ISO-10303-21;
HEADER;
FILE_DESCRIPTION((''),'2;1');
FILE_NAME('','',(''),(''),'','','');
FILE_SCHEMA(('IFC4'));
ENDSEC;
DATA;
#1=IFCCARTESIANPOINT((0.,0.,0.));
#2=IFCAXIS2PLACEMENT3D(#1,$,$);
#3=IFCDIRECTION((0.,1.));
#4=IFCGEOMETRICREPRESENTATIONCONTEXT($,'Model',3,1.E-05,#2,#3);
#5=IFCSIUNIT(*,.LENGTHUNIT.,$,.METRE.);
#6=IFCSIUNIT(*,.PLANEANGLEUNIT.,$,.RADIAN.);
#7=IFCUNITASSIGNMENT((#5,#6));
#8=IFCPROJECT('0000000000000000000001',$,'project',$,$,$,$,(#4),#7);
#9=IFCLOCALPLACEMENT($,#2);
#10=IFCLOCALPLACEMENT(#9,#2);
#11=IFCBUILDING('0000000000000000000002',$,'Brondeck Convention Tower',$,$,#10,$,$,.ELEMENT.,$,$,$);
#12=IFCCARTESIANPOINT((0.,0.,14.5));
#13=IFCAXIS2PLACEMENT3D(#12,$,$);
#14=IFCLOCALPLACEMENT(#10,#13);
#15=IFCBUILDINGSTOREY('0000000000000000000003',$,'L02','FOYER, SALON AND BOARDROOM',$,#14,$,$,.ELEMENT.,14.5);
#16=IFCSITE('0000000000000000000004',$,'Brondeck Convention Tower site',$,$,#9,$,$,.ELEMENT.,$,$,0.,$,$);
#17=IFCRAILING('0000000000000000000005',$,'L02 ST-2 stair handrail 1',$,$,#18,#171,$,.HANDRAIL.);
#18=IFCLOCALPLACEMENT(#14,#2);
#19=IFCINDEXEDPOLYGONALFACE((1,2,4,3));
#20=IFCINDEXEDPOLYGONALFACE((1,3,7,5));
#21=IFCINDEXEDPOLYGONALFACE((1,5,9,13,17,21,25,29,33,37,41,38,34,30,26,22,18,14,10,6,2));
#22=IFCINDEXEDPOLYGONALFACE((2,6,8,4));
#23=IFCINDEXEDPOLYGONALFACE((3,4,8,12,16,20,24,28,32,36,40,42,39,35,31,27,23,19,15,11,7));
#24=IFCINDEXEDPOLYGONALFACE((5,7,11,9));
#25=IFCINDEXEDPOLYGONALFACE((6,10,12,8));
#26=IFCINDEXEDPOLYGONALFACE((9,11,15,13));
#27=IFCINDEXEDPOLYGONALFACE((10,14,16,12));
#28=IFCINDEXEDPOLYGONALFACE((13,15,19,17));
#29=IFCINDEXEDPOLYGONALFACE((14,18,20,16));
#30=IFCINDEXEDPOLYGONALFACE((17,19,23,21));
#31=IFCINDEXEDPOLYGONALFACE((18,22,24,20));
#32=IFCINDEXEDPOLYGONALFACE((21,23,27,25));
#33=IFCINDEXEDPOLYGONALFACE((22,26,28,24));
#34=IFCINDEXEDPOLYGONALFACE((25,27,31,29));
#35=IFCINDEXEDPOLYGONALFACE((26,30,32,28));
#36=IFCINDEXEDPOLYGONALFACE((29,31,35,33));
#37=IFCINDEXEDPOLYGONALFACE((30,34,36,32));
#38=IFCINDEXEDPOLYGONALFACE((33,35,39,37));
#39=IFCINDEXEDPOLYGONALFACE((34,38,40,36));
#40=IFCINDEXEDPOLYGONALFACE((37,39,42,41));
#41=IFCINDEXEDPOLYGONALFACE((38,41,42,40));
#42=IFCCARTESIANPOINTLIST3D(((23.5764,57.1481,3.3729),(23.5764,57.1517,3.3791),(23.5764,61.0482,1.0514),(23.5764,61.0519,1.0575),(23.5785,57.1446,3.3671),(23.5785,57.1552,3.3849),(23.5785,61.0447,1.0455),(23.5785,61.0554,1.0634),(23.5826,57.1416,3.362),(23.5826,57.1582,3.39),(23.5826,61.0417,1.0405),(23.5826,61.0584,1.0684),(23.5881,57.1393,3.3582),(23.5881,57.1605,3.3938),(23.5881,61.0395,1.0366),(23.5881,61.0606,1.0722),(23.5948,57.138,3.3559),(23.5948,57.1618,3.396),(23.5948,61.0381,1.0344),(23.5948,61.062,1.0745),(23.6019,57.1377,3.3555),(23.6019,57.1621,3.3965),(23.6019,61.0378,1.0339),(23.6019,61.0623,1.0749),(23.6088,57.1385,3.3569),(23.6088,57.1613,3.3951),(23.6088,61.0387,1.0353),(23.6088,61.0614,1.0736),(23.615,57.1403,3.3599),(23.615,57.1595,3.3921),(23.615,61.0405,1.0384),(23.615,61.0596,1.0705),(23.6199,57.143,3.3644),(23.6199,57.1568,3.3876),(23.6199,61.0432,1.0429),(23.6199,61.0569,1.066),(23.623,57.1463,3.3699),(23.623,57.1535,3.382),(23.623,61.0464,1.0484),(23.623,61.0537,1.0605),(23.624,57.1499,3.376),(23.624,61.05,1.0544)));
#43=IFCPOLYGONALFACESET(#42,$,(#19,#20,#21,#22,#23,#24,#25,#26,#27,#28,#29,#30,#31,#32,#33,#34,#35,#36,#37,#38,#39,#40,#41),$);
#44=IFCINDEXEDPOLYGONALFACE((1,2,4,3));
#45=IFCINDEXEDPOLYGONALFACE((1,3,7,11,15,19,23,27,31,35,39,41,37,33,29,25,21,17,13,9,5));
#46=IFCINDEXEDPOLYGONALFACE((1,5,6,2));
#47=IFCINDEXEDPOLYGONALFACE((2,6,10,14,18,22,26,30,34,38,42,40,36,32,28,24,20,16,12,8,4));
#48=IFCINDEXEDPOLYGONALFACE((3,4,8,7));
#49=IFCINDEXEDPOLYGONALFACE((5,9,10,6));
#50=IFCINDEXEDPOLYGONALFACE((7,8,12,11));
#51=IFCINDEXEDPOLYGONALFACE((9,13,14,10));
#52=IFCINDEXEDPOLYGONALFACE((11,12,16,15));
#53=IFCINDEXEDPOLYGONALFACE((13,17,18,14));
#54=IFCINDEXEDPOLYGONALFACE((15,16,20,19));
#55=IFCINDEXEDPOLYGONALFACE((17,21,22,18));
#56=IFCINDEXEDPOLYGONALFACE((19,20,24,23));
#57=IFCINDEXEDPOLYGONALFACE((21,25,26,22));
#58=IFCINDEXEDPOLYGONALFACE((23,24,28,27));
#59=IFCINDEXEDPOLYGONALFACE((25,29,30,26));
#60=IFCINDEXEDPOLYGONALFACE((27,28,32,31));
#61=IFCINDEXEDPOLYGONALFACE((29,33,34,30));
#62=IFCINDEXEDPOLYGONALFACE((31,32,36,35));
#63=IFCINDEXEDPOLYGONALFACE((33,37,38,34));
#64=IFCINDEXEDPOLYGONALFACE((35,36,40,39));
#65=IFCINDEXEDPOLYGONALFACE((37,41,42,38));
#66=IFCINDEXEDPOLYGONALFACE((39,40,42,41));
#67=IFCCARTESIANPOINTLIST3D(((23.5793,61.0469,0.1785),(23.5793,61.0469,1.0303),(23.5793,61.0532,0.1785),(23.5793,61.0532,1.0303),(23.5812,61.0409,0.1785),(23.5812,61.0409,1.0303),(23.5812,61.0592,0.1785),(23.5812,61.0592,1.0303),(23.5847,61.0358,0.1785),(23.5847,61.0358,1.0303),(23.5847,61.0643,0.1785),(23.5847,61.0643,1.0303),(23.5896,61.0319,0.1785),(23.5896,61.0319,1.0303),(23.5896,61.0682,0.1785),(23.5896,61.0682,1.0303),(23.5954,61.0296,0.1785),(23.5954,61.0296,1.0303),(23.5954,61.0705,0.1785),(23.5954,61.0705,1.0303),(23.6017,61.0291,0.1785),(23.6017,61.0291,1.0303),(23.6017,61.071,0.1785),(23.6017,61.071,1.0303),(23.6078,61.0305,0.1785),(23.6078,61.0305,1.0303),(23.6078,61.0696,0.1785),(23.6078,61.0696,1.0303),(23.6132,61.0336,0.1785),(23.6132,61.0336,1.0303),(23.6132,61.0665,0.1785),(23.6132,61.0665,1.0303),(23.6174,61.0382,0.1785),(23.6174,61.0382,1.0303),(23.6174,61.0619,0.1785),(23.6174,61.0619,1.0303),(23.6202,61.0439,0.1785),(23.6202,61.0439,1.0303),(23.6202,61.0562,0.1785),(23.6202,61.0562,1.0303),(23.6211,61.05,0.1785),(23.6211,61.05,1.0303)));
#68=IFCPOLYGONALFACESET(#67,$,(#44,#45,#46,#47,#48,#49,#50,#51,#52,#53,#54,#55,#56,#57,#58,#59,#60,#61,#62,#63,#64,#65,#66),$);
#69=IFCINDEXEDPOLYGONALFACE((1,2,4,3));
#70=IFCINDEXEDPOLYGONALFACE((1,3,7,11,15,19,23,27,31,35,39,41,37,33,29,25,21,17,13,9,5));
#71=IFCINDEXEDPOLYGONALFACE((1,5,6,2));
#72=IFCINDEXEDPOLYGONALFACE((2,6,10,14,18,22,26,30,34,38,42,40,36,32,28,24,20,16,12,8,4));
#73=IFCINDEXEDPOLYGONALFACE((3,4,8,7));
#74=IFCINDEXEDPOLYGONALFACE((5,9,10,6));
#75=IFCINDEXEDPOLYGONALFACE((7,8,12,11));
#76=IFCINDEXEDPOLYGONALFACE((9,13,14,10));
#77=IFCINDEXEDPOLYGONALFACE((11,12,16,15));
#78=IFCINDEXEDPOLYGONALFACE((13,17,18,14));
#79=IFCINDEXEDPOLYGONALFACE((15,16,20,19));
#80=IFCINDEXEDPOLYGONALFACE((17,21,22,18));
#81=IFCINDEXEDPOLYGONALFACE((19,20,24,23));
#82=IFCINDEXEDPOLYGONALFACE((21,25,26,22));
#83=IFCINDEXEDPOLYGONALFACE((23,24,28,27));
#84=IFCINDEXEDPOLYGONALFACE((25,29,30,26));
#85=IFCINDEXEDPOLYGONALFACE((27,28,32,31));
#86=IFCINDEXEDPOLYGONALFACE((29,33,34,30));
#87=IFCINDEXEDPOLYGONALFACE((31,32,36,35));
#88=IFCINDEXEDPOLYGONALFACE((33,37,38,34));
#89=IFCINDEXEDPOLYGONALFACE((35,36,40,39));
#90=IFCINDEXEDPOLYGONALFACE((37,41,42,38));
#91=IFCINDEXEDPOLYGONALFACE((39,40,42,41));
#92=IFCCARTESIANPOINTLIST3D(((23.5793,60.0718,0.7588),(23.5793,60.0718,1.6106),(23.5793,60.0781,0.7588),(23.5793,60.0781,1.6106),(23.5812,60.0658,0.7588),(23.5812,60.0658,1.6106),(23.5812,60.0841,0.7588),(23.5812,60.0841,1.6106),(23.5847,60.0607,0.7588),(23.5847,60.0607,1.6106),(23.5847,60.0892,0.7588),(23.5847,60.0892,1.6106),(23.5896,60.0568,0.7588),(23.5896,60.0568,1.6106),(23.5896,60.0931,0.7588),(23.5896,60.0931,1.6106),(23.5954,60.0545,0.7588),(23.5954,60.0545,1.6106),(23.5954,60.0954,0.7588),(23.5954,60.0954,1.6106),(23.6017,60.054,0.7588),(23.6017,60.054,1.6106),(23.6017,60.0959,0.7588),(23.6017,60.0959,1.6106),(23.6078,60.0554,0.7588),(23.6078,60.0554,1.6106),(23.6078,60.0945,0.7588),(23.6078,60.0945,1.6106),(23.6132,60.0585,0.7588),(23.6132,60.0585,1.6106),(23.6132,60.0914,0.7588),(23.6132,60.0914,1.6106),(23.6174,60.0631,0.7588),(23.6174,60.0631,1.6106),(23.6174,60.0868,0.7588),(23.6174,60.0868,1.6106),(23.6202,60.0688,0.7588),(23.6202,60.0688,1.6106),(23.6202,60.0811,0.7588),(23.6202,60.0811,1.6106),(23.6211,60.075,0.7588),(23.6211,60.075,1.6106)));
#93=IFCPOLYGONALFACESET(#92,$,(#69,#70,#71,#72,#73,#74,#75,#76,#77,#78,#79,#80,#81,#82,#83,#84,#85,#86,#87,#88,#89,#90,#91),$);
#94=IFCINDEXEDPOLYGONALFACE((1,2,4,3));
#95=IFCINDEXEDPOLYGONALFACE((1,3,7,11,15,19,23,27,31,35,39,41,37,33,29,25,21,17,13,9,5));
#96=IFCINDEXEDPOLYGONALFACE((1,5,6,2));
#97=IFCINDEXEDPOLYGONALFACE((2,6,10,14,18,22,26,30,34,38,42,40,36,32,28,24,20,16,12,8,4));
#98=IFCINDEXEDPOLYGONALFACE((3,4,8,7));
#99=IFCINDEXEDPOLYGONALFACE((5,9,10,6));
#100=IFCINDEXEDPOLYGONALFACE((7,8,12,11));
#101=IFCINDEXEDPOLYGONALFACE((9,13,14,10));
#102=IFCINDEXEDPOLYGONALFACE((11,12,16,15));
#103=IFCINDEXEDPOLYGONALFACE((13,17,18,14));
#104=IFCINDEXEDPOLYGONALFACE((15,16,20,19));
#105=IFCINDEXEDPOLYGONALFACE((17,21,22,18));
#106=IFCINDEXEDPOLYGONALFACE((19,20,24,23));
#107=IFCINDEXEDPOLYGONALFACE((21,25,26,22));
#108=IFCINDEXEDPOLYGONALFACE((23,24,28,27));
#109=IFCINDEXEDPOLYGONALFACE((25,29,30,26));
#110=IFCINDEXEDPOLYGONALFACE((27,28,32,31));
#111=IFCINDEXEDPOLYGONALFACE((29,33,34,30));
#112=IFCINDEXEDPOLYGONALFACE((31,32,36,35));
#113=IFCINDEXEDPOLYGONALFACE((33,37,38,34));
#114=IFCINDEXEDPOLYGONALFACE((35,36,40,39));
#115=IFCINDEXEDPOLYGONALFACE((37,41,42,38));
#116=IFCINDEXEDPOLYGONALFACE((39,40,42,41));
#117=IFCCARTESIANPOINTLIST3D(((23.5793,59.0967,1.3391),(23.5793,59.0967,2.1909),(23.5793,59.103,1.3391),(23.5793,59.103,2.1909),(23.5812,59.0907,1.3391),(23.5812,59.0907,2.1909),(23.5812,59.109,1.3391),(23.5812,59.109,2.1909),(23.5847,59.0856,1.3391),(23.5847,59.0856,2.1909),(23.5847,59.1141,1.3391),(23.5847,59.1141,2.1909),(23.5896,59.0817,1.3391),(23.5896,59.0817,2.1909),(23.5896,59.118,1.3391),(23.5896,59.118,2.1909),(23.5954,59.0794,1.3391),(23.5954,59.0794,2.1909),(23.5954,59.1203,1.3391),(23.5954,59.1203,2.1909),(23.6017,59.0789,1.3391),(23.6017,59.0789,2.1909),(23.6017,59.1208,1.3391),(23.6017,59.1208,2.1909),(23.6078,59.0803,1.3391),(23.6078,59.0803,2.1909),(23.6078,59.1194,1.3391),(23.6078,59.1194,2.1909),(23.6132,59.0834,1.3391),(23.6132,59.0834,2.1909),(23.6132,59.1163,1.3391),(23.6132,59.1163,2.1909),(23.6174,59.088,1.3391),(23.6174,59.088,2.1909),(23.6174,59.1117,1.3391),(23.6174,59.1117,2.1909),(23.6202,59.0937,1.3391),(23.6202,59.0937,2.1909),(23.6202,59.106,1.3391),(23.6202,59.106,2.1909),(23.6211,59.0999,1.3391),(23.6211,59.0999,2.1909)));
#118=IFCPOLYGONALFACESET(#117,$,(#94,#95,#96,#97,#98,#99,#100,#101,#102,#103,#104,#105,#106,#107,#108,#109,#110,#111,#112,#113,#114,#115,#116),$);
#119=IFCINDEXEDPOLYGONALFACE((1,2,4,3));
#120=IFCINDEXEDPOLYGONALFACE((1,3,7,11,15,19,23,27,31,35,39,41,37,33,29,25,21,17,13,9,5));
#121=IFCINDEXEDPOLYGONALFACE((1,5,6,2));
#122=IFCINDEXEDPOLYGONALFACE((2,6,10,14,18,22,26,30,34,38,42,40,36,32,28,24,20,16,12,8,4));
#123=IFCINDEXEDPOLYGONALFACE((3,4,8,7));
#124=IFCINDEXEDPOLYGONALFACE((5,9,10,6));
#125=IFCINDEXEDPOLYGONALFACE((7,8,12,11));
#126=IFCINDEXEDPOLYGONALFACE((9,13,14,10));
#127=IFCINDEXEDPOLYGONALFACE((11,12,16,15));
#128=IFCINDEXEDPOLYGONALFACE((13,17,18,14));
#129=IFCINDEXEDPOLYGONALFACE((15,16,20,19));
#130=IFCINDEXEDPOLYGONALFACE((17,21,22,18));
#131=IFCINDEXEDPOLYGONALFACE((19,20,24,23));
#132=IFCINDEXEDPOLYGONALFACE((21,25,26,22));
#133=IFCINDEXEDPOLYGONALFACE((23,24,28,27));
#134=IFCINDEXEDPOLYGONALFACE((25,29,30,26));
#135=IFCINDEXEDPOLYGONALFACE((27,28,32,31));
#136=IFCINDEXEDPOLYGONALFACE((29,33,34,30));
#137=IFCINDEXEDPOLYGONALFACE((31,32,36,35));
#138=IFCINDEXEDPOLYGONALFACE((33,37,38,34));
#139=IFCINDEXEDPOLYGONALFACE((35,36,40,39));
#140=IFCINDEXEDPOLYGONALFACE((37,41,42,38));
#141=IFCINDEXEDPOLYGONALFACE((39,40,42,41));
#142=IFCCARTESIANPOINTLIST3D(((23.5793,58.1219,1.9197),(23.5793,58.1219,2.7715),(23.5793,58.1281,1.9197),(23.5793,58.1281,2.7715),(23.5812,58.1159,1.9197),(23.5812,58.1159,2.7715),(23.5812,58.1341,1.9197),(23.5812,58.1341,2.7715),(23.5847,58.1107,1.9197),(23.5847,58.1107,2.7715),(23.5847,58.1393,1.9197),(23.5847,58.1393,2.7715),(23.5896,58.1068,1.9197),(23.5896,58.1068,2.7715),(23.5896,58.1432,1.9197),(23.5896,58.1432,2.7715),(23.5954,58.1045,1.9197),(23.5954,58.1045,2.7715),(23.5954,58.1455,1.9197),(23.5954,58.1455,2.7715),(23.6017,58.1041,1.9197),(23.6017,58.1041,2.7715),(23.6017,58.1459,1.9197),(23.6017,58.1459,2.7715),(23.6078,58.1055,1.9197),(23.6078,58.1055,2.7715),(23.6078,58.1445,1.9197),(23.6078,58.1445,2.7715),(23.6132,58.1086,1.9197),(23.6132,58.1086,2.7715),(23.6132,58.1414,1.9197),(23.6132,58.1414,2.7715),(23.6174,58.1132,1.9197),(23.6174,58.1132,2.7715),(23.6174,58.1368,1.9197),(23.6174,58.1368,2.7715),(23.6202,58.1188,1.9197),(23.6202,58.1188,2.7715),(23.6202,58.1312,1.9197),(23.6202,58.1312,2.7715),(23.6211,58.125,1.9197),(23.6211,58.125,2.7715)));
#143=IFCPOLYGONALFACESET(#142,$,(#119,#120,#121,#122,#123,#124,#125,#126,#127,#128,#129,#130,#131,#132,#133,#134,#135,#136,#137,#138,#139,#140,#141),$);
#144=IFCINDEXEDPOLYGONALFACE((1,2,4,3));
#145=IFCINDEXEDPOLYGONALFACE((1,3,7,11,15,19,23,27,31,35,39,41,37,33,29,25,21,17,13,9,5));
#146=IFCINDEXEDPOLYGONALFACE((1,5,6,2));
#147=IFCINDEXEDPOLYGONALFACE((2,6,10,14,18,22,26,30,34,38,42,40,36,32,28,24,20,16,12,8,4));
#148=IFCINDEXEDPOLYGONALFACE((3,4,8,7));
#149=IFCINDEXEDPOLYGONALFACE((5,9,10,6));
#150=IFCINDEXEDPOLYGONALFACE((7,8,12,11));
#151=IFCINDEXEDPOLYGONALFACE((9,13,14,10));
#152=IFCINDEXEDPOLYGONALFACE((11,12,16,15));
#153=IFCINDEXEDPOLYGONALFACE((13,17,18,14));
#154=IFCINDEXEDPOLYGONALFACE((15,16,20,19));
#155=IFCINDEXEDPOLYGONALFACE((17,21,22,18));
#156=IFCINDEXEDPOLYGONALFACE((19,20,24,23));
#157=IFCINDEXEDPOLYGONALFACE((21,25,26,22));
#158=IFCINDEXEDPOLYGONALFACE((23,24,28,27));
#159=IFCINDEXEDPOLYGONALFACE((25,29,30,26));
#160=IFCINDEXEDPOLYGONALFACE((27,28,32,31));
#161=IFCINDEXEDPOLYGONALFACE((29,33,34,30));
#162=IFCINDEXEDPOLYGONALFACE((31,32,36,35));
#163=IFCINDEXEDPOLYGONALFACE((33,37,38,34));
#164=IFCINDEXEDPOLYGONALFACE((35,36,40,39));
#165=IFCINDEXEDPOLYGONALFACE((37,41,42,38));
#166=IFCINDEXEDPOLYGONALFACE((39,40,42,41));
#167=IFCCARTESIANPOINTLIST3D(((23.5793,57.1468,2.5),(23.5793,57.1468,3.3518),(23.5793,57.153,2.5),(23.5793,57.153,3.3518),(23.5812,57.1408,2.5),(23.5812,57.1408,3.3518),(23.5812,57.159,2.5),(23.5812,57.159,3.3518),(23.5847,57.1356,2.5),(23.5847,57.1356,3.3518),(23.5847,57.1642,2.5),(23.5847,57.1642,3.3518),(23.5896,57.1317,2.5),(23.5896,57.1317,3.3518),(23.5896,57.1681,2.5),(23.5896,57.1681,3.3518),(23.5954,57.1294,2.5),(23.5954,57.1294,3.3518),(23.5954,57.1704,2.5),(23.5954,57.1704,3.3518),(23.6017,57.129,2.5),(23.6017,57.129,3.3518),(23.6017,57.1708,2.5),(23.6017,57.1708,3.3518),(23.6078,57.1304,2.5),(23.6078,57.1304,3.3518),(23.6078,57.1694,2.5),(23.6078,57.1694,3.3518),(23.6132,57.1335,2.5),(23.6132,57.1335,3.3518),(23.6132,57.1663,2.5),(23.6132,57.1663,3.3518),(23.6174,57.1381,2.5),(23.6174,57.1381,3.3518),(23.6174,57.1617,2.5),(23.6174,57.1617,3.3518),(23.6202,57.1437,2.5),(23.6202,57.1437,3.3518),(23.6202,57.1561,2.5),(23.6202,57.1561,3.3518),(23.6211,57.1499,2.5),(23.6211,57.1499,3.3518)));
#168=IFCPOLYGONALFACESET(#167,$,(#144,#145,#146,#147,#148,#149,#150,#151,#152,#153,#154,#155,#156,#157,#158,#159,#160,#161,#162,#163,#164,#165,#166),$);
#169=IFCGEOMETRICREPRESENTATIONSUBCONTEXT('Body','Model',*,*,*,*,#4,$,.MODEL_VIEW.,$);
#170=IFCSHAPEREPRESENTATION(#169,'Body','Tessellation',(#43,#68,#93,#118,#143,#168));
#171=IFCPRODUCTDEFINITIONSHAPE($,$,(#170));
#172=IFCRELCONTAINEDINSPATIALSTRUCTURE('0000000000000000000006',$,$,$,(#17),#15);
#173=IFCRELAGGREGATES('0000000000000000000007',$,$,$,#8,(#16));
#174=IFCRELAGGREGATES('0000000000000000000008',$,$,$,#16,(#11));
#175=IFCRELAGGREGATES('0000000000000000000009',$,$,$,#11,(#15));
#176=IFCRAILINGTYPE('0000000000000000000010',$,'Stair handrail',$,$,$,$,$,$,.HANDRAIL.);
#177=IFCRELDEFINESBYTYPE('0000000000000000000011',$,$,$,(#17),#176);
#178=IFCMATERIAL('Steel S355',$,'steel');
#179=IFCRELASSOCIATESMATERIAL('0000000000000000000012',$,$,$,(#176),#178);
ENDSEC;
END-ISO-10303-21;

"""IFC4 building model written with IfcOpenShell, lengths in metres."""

from ifc_helpers import new_model, si_unit, direction, frame, origin, origin_2d, place, context, subcontext, project, spatial, circle, extrude, material, type_object, element, save


model = new_model("IFC4")

# Units and contexts
model_context = context("Model", 3, precision=1e-05, world=origin(), true_north=direction((0.0, 1.0)))
body_context = subcontext(model_context, "Body", "Model", "MODEL_VIEW")
ifc_project = project(units=[si_unit("LENGTHUNIT", "METRE"), si_unit("PLANEANGLEUNIT", "RADIAN")], contexts=[model_context])

# Site, building, storey
site_placement = place(None, origin())
site = spatial("IfcSite", under=ifc_project, at=site_placement, Name="Brondeck Convention Tower site", CompositionType="ELEMENT", RefElevation=0.0)
building_placement = place(site_placement, origin())
building = spatial("IfcBuilding", under=site, at=building_placement, Name="Brondeck Convention Tower", CompositionType="ELEMENT")
storey_placement = place(building_placement, frame((0.0, 0.0, 14.5)))
storey = spatial("IfcBuildingStorey", under=building, at=storey_placement, Name="L02", Description="FOYER, SALON AND BOARDROOM", CompositionType="ELEMENT", Elevation=14.5)

# Railing
ifc_material_1 = material(Name="Steel S355", Category="steel")
railing_type_1 = type_object("IfcRailingType", Name="Stair handrail", PredefinedType="HANDRAIL", material=ifc_material_1)
railing_1_placement = place(storey_placement, frame((23.6001, 61.05, 0.1785)))
element("IfcRailing", 1, at=railing_1_placement, inside=storey, type_object=railing_type_1, Name="L02 ST-2 stair handrail 1", PredefinedType="HANDRAIL", context=body_context, shape_type="SweptSolid", body=[
    extrude(circle(Radius=0.0239, at=origin_2d()), frame((0.0, 0.0, 0.876), z_axis=(0.0, -0.859291, 0.511487), x_axis=(1.0, 0.0, 0.0)), (0.0, 0.0, 1.0), 4.5388),
    extrude(circle(Radius=0.021, at=origin_2d()), origin(), (0.0, 0.0, 1.0), 0.8518),
    extrude(circle(Radius=0.021, at=origin_2d()), frame((0.0, -0.9751, 0.5803)), (0.0, 0.0, 1.0), 0.8518),
    extrude(circle(Radius=0.021, at=origin_2d()), frame((0.0, -1.9502, 1.1606)), (0.0, 0.0, 1.0), 0.8518),
    extrude(circle(Radius=0.021, at=origin_2d()), frame((0.0, -2.925, 1.7412)), (0.0, 0.0, 1.0), 0.8518),
    extrude(circle(Radius=0.021, at=origin_2d()), frame((0.0, -3.9001, 2.3215)), (0.0, 0.0, 1.0), 0.8518),
])

save(model, "model.ifc")
